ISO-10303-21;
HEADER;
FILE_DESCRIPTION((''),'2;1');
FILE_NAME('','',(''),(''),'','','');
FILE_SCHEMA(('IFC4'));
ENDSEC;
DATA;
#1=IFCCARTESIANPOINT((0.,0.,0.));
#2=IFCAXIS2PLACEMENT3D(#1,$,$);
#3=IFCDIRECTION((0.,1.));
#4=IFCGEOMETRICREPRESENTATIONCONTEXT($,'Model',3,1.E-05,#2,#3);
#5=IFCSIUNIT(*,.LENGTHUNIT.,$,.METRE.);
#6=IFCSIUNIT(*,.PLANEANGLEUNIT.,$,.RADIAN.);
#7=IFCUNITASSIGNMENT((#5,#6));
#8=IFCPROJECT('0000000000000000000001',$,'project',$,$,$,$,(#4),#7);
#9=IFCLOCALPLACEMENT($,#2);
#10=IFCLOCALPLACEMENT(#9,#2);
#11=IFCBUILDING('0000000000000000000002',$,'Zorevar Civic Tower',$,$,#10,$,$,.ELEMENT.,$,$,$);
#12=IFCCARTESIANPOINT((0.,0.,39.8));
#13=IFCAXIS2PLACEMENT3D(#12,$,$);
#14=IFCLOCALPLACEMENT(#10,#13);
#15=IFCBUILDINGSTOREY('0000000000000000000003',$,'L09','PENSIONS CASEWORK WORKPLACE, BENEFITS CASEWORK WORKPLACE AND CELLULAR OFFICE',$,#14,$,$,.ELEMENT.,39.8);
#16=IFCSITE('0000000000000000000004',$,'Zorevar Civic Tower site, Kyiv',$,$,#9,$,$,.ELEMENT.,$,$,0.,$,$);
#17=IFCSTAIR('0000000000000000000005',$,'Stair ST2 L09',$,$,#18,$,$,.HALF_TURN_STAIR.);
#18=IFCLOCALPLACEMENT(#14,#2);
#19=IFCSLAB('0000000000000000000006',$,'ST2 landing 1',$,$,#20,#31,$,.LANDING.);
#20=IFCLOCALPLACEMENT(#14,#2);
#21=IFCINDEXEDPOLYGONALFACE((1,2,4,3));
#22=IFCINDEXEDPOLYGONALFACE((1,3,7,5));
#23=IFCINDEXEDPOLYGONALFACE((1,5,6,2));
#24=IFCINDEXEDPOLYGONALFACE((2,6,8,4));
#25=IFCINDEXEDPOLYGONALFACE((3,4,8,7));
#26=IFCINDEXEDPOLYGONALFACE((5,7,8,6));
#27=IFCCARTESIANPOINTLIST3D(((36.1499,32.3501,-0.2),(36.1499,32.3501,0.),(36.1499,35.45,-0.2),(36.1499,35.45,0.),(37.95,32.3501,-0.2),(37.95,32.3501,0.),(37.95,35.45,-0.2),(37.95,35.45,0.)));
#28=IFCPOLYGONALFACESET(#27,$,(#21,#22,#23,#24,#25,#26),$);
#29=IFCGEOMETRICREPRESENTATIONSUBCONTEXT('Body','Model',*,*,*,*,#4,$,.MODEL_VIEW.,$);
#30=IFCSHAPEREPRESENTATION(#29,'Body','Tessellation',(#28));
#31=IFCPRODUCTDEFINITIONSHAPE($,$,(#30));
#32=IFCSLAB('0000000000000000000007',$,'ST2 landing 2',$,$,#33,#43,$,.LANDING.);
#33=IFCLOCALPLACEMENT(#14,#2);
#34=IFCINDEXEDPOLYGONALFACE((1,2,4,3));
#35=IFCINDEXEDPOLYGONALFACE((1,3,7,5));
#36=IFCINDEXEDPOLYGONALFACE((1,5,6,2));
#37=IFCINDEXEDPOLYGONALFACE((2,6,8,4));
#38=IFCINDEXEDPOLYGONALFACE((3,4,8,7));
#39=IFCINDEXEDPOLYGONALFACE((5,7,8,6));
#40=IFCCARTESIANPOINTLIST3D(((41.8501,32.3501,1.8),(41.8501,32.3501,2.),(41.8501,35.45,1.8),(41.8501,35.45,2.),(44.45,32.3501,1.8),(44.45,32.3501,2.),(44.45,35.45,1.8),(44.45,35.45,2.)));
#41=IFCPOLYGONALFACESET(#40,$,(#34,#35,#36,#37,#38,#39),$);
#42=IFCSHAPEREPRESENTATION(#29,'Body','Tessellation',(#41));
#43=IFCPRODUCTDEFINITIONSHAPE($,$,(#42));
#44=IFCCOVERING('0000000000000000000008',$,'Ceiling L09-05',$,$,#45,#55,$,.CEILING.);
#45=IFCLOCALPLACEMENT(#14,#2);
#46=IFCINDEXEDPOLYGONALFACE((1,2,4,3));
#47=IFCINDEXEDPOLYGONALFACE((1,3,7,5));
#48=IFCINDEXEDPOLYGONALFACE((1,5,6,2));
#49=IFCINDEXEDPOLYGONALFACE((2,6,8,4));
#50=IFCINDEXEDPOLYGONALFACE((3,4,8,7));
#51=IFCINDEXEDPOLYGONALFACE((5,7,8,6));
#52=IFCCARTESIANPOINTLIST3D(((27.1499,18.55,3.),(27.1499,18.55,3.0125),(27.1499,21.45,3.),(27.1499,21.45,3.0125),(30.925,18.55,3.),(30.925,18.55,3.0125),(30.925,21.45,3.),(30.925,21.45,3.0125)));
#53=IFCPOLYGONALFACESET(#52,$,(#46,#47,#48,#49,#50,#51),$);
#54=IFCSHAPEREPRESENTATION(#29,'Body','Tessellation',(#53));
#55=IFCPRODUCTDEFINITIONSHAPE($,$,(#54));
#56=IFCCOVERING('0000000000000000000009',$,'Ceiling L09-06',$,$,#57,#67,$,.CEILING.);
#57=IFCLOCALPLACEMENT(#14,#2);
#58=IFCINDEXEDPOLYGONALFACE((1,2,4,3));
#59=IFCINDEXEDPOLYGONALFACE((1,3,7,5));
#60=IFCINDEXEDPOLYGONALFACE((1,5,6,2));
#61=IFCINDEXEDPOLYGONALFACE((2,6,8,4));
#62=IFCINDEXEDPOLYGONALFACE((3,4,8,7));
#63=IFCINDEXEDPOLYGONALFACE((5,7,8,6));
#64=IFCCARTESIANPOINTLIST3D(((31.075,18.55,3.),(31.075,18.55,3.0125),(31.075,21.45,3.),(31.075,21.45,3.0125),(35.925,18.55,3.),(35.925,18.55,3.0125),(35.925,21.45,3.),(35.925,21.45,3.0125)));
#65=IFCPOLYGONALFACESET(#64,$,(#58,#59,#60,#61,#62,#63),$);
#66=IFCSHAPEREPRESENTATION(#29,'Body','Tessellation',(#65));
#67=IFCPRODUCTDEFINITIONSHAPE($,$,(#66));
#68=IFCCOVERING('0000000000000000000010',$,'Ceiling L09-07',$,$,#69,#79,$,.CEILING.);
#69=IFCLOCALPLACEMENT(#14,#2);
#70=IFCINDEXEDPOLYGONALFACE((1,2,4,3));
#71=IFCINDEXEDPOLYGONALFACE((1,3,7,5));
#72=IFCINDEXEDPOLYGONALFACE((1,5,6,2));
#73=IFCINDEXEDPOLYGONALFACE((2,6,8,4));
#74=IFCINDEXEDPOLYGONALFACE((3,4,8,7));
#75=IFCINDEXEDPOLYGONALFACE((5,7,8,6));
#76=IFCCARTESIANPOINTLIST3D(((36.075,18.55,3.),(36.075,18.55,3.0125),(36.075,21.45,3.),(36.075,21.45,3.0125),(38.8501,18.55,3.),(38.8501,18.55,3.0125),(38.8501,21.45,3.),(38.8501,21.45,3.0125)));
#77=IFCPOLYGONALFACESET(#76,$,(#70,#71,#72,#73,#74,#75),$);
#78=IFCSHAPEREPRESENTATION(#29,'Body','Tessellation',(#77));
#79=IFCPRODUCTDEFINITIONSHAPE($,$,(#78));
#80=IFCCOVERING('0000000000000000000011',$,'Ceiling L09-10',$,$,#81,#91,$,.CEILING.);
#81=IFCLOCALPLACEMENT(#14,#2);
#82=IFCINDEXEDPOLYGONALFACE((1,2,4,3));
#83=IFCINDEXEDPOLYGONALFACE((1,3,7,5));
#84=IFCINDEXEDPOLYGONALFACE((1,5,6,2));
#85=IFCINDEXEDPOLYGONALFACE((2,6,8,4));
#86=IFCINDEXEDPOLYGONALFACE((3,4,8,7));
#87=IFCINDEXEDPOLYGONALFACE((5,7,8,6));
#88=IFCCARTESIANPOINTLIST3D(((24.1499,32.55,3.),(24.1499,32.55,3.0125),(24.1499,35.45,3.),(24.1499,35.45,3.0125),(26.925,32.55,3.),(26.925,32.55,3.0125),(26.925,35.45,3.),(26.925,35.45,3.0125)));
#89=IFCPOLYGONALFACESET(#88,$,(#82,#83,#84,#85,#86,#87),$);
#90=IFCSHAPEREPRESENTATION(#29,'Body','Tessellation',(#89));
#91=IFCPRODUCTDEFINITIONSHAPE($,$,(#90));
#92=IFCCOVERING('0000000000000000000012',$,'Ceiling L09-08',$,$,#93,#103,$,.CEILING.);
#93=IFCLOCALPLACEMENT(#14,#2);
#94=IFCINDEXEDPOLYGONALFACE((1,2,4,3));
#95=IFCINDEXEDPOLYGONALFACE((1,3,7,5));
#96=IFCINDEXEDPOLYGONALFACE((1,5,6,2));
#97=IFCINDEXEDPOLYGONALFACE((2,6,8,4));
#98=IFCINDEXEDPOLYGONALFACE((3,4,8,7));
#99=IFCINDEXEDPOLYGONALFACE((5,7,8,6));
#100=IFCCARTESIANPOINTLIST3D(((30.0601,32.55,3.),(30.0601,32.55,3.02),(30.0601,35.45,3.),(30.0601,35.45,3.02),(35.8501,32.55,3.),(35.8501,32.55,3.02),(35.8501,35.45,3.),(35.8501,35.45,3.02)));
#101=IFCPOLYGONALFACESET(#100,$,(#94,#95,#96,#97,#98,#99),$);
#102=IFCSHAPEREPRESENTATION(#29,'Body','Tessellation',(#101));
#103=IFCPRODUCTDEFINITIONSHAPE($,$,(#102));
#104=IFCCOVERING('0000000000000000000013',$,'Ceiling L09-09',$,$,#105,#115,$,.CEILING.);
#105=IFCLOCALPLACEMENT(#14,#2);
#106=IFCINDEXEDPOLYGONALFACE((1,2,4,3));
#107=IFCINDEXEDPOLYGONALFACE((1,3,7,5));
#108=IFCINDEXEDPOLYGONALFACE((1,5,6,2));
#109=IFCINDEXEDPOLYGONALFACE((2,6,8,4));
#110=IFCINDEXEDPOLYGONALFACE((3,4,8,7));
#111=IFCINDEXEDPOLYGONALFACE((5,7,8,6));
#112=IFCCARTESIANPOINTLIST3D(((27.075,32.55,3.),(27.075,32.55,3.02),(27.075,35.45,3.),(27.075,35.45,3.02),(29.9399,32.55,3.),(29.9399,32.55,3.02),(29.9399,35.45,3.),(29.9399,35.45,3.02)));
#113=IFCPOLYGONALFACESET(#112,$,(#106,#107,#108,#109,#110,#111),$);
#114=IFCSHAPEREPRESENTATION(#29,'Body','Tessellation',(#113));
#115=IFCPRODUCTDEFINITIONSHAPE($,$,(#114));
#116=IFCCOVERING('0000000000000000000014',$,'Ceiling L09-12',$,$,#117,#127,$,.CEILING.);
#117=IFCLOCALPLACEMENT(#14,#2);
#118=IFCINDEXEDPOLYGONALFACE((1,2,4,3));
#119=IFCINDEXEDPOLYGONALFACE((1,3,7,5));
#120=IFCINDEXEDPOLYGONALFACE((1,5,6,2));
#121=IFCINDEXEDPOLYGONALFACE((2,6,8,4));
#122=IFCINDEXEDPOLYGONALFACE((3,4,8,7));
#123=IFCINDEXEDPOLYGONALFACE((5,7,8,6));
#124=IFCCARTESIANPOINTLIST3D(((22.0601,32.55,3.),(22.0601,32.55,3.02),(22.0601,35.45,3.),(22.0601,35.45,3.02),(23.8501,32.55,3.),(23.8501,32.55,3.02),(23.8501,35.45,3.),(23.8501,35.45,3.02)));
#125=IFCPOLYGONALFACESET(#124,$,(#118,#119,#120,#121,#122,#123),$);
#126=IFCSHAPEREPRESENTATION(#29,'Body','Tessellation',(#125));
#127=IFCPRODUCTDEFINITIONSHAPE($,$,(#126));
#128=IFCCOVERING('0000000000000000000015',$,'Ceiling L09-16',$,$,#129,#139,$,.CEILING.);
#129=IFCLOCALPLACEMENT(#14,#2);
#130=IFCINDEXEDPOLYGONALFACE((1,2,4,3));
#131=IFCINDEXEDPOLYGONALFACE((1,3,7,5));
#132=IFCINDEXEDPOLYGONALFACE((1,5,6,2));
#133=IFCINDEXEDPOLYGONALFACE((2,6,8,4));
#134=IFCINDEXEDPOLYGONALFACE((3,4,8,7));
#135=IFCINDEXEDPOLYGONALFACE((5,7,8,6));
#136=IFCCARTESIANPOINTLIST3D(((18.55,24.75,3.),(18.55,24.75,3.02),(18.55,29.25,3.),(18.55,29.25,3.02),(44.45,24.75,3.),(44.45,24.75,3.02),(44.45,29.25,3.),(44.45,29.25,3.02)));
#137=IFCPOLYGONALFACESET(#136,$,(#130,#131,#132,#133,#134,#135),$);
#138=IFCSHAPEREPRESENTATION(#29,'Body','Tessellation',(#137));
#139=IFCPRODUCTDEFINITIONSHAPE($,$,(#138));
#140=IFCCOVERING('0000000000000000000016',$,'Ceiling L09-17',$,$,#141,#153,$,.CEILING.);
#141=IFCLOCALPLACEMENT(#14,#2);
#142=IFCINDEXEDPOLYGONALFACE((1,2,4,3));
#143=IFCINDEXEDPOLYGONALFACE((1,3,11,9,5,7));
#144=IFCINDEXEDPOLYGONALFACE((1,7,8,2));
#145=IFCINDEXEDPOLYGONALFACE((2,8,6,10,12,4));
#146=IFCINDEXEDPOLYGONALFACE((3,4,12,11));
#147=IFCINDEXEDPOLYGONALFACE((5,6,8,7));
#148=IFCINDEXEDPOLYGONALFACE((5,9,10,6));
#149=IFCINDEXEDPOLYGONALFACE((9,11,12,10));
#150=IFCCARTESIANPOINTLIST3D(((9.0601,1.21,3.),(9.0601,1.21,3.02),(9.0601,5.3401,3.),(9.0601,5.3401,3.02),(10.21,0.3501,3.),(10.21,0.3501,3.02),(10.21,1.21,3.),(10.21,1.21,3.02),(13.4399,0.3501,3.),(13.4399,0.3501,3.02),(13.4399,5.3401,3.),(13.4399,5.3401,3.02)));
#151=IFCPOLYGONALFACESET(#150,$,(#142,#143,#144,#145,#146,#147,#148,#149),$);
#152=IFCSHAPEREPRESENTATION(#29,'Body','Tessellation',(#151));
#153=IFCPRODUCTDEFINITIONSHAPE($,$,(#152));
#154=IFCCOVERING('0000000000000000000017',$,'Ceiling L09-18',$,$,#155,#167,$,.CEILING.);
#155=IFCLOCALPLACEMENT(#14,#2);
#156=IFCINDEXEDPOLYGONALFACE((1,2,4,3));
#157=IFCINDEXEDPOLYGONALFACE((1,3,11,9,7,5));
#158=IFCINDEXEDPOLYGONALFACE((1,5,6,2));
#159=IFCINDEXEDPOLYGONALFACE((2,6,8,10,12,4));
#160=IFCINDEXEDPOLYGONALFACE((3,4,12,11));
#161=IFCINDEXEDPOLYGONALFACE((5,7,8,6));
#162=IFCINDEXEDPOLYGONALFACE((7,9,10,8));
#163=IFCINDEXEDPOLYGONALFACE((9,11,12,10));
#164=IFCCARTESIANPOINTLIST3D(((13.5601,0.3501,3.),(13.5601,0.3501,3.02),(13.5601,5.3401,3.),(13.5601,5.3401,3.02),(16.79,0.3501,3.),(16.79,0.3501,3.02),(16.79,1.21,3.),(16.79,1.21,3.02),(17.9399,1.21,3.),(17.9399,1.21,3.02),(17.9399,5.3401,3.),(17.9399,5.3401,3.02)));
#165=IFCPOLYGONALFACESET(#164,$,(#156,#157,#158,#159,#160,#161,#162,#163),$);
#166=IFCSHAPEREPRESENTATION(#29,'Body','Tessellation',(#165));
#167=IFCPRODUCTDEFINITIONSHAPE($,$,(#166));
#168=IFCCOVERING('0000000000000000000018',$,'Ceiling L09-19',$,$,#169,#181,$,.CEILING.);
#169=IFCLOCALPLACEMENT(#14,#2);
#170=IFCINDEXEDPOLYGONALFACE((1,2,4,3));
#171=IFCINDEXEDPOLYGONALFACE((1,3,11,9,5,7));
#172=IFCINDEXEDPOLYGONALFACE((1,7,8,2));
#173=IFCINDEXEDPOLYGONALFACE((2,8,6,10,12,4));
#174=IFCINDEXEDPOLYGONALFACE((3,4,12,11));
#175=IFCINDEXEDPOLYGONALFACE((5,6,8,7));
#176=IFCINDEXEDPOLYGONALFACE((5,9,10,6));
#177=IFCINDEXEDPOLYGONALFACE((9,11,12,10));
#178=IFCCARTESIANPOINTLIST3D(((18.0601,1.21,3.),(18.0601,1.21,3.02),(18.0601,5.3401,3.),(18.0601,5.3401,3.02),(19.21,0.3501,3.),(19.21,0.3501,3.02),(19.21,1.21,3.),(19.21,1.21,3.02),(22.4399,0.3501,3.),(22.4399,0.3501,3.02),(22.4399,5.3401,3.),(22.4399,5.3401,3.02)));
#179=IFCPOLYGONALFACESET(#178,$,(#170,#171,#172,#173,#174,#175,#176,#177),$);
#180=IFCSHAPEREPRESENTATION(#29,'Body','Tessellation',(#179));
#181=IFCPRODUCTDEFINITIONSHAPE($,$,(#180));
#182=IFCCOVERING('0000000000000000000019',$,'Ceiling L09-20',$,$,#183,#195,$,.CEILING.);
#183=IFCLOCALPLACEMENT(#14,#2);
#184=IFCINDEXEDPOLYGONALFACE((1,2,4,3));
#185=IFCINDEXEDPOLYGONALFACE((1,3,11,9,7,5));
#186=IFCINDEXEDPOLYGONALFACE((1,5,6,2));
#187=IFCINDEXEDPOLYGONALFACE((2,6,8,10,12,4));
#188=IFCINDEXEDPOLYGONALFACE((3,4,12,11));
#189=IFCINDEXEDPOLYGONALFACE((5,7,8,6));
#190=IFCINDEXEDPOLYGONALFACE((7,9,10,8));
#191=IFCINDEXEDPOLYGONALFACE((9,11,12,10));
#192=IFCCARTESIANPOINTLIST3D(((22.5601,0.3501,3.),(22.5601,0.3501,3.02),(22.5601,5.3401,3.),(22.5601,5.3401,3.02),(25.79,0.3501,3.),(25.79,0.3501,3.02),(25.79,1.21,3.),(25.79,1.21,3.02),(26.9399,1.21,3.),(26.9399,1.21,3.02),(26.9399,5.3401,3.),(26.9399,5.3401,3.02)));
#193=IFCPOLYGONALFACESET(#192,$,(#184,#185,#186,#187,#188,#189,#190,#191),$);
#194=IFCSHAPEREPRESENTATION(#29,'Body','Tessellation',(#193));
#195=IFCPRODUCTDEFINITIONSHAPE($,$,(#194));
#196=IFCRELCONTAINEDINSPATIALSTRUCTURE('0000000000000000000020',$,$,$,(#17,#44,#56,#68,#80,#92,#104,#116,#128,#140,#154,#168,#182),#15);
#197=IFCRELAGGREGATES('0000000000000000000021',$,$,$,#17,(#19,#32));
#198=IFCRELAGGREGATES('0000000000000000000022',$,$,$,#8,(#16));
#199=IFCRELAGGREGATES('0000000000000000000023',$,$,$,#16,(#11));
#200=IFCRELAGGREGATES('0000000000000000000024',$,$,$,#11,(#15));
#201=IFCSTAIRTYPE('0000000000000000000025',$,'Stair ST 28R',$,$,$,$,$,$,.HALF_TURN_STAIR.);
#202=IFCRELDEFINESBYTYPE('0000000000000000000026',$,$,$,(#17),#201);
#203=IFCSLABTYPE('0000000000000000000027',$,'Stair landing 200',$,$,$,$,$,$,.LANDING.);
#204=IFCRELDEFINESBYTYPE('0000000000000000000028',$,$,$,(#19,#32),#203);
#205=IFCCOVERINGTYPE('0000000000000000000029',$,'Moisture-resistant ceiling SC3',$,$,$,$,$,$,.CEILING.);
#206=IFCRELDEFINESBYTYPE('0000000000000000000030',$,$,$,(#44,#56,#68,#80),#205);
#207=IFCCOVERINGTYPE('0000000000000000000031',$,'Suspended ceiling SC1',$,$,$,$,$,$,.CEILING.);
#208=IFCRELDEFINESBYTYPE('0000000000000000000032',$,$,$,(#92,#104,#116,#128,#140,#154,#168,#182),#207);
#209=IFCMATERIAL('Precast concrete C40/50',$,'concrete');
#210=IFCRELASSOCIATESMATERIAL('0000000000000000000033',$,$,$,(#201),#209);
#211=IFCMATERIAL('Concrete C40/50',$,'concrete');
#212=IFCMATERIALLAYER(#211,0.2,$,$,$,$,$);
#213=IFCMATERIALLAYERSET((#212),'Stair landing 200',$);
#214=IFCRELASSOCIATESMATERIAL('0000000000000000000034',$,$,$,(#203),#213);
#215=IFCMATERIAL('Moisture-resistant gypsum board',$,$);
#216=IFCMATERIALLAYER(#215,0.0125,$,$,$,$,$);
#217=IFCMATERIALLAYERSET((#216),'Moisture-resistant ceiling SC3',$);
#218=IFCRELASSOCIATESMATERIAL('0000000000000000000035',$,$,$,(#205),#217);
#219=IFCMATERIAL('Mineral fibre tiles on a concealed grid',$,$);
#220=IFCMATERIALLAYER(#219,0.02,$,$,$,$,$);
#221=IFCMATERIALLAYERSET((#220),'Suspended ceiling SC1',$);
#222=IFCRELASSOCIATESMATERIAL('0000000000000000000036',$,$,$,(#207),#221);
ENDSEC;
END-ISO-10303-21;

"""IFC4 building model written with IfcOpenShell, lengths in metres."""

from ifc_helpers import new_model, si_unit, direction, frame, origin, place, context, subcontext, project, spatial, polyline, outline, extrude, material, layer, layer_set, type_object, element, aggregate, save


model = new_model("IFC4")

# Units and contexts
model_context = context("Model", 3, precision=1e-05, world=origin(), true_north=direction((0.0, 1.0)))
body_context = subcontext(model_context, "Body", "Model", "MODEL_VIEW")
ifc_project = project(units=[si_unit("LENGTHUNIT", "METRE"), si_unit("PLANEANGLEUNIT", "RADIAN")], contexts=[model_context])

# Site, building, storey
site_placement = place(None, origin())
site = spatial("IfcSite", under=ifc_project, at=site_placement, Name="Zorevar Civic Tower site, Kyiv", CompositionType="ELEMENT", RefElevation=0.0)
building_placement = place(site_placement, origin())
building = spatial("IfcBuilding", under=site, at=building_placement, Name="Zorevar Civic Tower", CompositionType="ELEMENT")
storey_placement = place(building_placement, frame((0.0, 0.0, 39.8)))
storey = spatial("IfcBuildingStorey", under=building, at=storey_placement, Name="L09", Description="PENSIONS CASEWORK WORKPLACE, BENEFITS CASEWORK WORKPLACE AND CELLULAR OFFICE", CompositionType="ELEMENT", Elevation=39.8)

# Stair, slabs
ifc_material_1 = material(Name="Precast concrete C40/50", Category="concrete")
stair_type = type_object("IfcStairType", Name="Stair ST 28R", PredefinedType="HALF_TURN_STAIR", material=ifc_material_1)
ifc_material_2 = material(Name="Concrete C40/50", Category="concrete")
ifc_layer_1 = layer(ifc_material_2, 0.2)
ifc_layer_set_1 = layer_set([ifc_layer_1], Name="Stair landing 200")
slab_type_1 = type_object("IfcSlabType", Name="Stair landing 200", PredefinedType="LANDING", material=ifc_layer_set_1)
stair_1_placement = place(storey_placement, origin())
stair_1 = element("IfcStair", 1, at=stair_1_placement, inside=storey, type_object=stair_type, Name="Stair ST2 L09", PredefinedType="HALF_TURN_STAIR")
slab_1_placement = place(storey_placement, frame((0.0, 0.0, -0.2)))
slab_1 = element("IfcSlab", 2, at=slab_1_placement, type_object=slab_type_1, Name="ST2 landing 1", PredefinedType="LANDING", context=body_context, shape_type="SweptSolid", body=[
    extrude(outline(polyline([(37.95, 32.3501), (36.1499, 32.3501), (36.1499, 35.45), (37.95, 35.45), (37.95, 32.3501)])), origin(), (0.0, 0.0, 1.0), 0.2),
])
slab_2_placement = place(storey_placement, frame((0.0, 0.0, 1.8)))
slab_2 = element("IfcSlab", 3, at=slab_2_placement, type_object=slab_type_1, Name="ST2 landing 2", PredefinedType="LANDING", context=body_context, shape_type="SweptSolid", body=[
    extrude(outline(polyline([(44.45, 32.3501), (41.8501, 32.3501), (41.8501, 35.45), (44.45, 35.45), (44.45, 32.3501)])), origin(), (0.0, 0.0, 1.0), 0.2),
])
aggregate(stair_1, [slab_1, slab_2])

# Coverings
ifc_material_3 = material(Name="Moisture-resistant gypsum board")
ifc_layer_2 = layer(ifc_material_3, 0.0125)
ifc_layer_set_2 = layer_set([ifc_layer_2], Name="Moisture-resistant ceiling SC3")
covering_type_1 = type_object("IfcCoveringType", Name="Moisture-resistant ceiling SC3", PredefinedType="CEILING", material=ifc_layer_set_2)
covering_1_placement = place(storey_placement, frame((0.0, 0.0, 3.0)))
element("IfcCovering", 4, at=covering_1_placement, inside=storey, type_object=covering_type_1, Name="Ceiling L09-05", PredefinedType="CEILING", context=body_context, shape_type="SweptSolid", body=[
    extrude(outline(polyline([(30.925, 18.55), (30.925, 21.45), (27.1499, 21.45), (27.1499, 18.55), (30.925, 18.55)])), origin(), (0.0, 0.0, 1.0), 0.0125),
])
covering_2_placement = place(storey_placement, frame((0.0, 0.0, 3.0)))
element("IfcCovering", 5, at=covering_2_placement, inside=storey, type_object=covering_type_1, Name="Ceiling L09-06", PredefinedType="CEILING", context=body_context, shape_type="SweptSolid", body=[
    extrude(outline(polyline([(35.925, 18.55), (35.925, 21.45), (31.075, 21.45), (31.075, 18.55), (35.925, 18.55)])), origin(), (0.0, 0.0, 1.0), 0.0125),
])
covering_3_placement = place(storey_placement, frame((0.0, 0.0, 3.0)))
element("IfcCovering", 6, at=covering_3_placement, inside=storey, type_object=covering_type_1, Name="Ceiling L09-07", PredefinedType="CEILING", context=body_context, shape_type="SweptSolid", body=[
    extrude(outline(polyline([(38.8501, 18.55), (38.8501, 21.45), (36.075, 21.45), (36.075, 18.55), (38.8501, 18.55)])), origin(), (0.0, 0.0, 1.0), 0.0125),
])
covering_4_placement = place(storey_placement, frame((0.0, 0.0, 3.0)))
element("IfcCovering", 7, at=covering_4_placement, inside=storey, type_object=covering_type_1, Name="Ceiling L09-10", PredefinedType="CEILING", context=body_context, shape_type="SweptSolid", body=[
    extrude(outline(polyline([(26.925, 32.55), (26.925, 35.45), (24.1499, 35.45), (24.1499, 32.55), (26.925, 32.55)])), origin(), (0.0, 0.0, 1.0), 0.0125),
])
ifc_material_4 = material(Name="Mineral fibre tiles on a concealed grid")
ifc_layer_3 = layer(ifc_material_4, 0.02)
ifc_layer_set_3 = layer_set([ifc_layer_3], Name="Suspended ceiling SC1")
covering_type_2 = type_object("IfcCoveringType", Name="Suspended ceiling SC1", PredefinedType="CEILING", material=ifc_layer_set_3)
covering_5_placement = place(storey_placement, frame((0.0, 0.0, 3.0)))
element("IfcCovering", 8, at=covering_5_placement, inside=storey, type_object=covering_type_2, Name="Ceiling L09-08", PredefinedType="CEILING", context=body_context, shape_type="SweptSolid", body=[
    extrude(outline(polyline([(35.8501, 32.55), (35.8501, 35.45), (30.0601, 35.45), (30.0601, 32.55), (35.8501, 32.55)])), origin(), (0.0, 0.0, 1.0), 0.02),
])
covering_6_placement = place(storey_placement, frame((0.0, 0.0, 3.0)))
element("IfcCovering", 9, at=covering_6_placement, inside=storey, type_object=covering_type_2, Name="Ceiling L09-09", PredefinedType="CEILING", context=body_context, shape_type="SweptSolid", body=[
    extrude(outline(polyline([(29.9399, 32.55), (29.9399, 35.45), (27.075, 35.45), (27.075, 32.55), (29.9399, 32.55)])), origin(), (0.0, 0.0, 1.0), 0.02),
])
covering_7_placement = place(storey_placement, frame((0.0, 0.0, 3.0)))
element("IfcCovering", 10, at=covering_7_placement, inside=storey, type_object=covering_type_2, Name="Ceiling L09-12", PredefinedType="CEILING", context=body_context, shape_type="SweptSolid", body=[
    extrude(outline(polyline([(23.8501, 32.55), (23.8501, 35.45), (22.0601, 35.45), (22.0601, 32.55), (23.8501, 32.55)])), origin(), (0.0, 0.0, 1.0), 0.02),
])
covering_8_placement = place(storey_placement, frame((0.0, 0.0, 3.0)))
element("IfcCovering", 11, at=covering_8_placement, inside=storey, type_object=covering_type_2, Name="Ceiling L09-16", PredefinedType="CEILING", context=body_context, shape_type="SweptSolid", body=[
    extrude(outline(polyline([(44.45, 24.75), (44.45, 29.25), (18.55, 29.25), (18.55, 24.75), (44.45, 24.75)])), origin(), (0.0, 0.0, 1.0), 0.02),
])
covering_9_placement = place(storey_placement, frame((0.0, 0.0, 3.0)))
element("IfcCovering", 12, at=covering_9_placement, inside=storey, type_object=covering_type_2, Name="Ceiling L09-17", PredefinedType="CEILING", context=body_context, shape_type="SweptSolid", body=[
    extrude(outline(polyline([(13.4399, 5.3401), (13.4399, 0.3501), (10.21, 0.3501), (10.21, 1.21), (9.0601, 1.21), (9.0601, 5.3401), (13.4399, 5.3401)])), origin(), (0.0, 0.0, 1.0), 0.02),
])
covering_10_placement = place(storey_placement, frame((0.0, 0.0, 3.0)))
element("IfcCovering", 13, at=covering_10_placement, inside=storey, type_object=covering_type_2, Name="Ceiling L09-18", PredefinedType="CEILING", context=body_context, shape_type="SweptSolid", body=[
    extrude(outline(polyline([(17.9399, 5.3401), (17.9399, 1.21), (16.79, 1.21), (16.79, 0.3501), (13.5601, 0.3501), (13.5601, 5.3401), (17.9399, 5.3401)])), origin(), (0.0, 0.0, 1.0), 0.02),
])
covering_11_placement = place(storey_placement, frame((0.0, 0.0, 3.0)))
element("IfcCovering", 14, at=covering_11_placement, inside=storey, type_object=covering_type_2, Name="Ceiling L09-19", PredefinedType="CEILING", context=body_context, shape_type="SweptSolid", body=[
    extrude(outline(polyline([(22.4399, 5.3401), (22.4399, 0.3501), (19.21, 0.3501), (19.21, 1.21), (18.0601, 1.21), (18.0601, 5.3401), (22.4399, 5.3401)])), origin(), (0.0, 0.0, 1.0), 0.02),
])
covering_12_placement = place(storey_placement, frame((0.0, 0.0, 3.0)))
element("IfcCovering", 15, at=covering_12_placement, inside=storey, type_object=covering_type_2, Name="Ceiling L09-20", PredefinedType="CEILING", context=body_context, shape_type="SweptSolid", body=[
    extrude(outline(polyline([(26.9399, 5.3401), (26.9399, 1.21), (25.79, 1.21), (25.79, 0.3501), (22.5601, 0.3501), (22.5601, 5.3401), (26.9399, 5.3401)])), origin(), (0.0, 0.0, 1.0), 0.02),
])

save(model, "model.ifc")
